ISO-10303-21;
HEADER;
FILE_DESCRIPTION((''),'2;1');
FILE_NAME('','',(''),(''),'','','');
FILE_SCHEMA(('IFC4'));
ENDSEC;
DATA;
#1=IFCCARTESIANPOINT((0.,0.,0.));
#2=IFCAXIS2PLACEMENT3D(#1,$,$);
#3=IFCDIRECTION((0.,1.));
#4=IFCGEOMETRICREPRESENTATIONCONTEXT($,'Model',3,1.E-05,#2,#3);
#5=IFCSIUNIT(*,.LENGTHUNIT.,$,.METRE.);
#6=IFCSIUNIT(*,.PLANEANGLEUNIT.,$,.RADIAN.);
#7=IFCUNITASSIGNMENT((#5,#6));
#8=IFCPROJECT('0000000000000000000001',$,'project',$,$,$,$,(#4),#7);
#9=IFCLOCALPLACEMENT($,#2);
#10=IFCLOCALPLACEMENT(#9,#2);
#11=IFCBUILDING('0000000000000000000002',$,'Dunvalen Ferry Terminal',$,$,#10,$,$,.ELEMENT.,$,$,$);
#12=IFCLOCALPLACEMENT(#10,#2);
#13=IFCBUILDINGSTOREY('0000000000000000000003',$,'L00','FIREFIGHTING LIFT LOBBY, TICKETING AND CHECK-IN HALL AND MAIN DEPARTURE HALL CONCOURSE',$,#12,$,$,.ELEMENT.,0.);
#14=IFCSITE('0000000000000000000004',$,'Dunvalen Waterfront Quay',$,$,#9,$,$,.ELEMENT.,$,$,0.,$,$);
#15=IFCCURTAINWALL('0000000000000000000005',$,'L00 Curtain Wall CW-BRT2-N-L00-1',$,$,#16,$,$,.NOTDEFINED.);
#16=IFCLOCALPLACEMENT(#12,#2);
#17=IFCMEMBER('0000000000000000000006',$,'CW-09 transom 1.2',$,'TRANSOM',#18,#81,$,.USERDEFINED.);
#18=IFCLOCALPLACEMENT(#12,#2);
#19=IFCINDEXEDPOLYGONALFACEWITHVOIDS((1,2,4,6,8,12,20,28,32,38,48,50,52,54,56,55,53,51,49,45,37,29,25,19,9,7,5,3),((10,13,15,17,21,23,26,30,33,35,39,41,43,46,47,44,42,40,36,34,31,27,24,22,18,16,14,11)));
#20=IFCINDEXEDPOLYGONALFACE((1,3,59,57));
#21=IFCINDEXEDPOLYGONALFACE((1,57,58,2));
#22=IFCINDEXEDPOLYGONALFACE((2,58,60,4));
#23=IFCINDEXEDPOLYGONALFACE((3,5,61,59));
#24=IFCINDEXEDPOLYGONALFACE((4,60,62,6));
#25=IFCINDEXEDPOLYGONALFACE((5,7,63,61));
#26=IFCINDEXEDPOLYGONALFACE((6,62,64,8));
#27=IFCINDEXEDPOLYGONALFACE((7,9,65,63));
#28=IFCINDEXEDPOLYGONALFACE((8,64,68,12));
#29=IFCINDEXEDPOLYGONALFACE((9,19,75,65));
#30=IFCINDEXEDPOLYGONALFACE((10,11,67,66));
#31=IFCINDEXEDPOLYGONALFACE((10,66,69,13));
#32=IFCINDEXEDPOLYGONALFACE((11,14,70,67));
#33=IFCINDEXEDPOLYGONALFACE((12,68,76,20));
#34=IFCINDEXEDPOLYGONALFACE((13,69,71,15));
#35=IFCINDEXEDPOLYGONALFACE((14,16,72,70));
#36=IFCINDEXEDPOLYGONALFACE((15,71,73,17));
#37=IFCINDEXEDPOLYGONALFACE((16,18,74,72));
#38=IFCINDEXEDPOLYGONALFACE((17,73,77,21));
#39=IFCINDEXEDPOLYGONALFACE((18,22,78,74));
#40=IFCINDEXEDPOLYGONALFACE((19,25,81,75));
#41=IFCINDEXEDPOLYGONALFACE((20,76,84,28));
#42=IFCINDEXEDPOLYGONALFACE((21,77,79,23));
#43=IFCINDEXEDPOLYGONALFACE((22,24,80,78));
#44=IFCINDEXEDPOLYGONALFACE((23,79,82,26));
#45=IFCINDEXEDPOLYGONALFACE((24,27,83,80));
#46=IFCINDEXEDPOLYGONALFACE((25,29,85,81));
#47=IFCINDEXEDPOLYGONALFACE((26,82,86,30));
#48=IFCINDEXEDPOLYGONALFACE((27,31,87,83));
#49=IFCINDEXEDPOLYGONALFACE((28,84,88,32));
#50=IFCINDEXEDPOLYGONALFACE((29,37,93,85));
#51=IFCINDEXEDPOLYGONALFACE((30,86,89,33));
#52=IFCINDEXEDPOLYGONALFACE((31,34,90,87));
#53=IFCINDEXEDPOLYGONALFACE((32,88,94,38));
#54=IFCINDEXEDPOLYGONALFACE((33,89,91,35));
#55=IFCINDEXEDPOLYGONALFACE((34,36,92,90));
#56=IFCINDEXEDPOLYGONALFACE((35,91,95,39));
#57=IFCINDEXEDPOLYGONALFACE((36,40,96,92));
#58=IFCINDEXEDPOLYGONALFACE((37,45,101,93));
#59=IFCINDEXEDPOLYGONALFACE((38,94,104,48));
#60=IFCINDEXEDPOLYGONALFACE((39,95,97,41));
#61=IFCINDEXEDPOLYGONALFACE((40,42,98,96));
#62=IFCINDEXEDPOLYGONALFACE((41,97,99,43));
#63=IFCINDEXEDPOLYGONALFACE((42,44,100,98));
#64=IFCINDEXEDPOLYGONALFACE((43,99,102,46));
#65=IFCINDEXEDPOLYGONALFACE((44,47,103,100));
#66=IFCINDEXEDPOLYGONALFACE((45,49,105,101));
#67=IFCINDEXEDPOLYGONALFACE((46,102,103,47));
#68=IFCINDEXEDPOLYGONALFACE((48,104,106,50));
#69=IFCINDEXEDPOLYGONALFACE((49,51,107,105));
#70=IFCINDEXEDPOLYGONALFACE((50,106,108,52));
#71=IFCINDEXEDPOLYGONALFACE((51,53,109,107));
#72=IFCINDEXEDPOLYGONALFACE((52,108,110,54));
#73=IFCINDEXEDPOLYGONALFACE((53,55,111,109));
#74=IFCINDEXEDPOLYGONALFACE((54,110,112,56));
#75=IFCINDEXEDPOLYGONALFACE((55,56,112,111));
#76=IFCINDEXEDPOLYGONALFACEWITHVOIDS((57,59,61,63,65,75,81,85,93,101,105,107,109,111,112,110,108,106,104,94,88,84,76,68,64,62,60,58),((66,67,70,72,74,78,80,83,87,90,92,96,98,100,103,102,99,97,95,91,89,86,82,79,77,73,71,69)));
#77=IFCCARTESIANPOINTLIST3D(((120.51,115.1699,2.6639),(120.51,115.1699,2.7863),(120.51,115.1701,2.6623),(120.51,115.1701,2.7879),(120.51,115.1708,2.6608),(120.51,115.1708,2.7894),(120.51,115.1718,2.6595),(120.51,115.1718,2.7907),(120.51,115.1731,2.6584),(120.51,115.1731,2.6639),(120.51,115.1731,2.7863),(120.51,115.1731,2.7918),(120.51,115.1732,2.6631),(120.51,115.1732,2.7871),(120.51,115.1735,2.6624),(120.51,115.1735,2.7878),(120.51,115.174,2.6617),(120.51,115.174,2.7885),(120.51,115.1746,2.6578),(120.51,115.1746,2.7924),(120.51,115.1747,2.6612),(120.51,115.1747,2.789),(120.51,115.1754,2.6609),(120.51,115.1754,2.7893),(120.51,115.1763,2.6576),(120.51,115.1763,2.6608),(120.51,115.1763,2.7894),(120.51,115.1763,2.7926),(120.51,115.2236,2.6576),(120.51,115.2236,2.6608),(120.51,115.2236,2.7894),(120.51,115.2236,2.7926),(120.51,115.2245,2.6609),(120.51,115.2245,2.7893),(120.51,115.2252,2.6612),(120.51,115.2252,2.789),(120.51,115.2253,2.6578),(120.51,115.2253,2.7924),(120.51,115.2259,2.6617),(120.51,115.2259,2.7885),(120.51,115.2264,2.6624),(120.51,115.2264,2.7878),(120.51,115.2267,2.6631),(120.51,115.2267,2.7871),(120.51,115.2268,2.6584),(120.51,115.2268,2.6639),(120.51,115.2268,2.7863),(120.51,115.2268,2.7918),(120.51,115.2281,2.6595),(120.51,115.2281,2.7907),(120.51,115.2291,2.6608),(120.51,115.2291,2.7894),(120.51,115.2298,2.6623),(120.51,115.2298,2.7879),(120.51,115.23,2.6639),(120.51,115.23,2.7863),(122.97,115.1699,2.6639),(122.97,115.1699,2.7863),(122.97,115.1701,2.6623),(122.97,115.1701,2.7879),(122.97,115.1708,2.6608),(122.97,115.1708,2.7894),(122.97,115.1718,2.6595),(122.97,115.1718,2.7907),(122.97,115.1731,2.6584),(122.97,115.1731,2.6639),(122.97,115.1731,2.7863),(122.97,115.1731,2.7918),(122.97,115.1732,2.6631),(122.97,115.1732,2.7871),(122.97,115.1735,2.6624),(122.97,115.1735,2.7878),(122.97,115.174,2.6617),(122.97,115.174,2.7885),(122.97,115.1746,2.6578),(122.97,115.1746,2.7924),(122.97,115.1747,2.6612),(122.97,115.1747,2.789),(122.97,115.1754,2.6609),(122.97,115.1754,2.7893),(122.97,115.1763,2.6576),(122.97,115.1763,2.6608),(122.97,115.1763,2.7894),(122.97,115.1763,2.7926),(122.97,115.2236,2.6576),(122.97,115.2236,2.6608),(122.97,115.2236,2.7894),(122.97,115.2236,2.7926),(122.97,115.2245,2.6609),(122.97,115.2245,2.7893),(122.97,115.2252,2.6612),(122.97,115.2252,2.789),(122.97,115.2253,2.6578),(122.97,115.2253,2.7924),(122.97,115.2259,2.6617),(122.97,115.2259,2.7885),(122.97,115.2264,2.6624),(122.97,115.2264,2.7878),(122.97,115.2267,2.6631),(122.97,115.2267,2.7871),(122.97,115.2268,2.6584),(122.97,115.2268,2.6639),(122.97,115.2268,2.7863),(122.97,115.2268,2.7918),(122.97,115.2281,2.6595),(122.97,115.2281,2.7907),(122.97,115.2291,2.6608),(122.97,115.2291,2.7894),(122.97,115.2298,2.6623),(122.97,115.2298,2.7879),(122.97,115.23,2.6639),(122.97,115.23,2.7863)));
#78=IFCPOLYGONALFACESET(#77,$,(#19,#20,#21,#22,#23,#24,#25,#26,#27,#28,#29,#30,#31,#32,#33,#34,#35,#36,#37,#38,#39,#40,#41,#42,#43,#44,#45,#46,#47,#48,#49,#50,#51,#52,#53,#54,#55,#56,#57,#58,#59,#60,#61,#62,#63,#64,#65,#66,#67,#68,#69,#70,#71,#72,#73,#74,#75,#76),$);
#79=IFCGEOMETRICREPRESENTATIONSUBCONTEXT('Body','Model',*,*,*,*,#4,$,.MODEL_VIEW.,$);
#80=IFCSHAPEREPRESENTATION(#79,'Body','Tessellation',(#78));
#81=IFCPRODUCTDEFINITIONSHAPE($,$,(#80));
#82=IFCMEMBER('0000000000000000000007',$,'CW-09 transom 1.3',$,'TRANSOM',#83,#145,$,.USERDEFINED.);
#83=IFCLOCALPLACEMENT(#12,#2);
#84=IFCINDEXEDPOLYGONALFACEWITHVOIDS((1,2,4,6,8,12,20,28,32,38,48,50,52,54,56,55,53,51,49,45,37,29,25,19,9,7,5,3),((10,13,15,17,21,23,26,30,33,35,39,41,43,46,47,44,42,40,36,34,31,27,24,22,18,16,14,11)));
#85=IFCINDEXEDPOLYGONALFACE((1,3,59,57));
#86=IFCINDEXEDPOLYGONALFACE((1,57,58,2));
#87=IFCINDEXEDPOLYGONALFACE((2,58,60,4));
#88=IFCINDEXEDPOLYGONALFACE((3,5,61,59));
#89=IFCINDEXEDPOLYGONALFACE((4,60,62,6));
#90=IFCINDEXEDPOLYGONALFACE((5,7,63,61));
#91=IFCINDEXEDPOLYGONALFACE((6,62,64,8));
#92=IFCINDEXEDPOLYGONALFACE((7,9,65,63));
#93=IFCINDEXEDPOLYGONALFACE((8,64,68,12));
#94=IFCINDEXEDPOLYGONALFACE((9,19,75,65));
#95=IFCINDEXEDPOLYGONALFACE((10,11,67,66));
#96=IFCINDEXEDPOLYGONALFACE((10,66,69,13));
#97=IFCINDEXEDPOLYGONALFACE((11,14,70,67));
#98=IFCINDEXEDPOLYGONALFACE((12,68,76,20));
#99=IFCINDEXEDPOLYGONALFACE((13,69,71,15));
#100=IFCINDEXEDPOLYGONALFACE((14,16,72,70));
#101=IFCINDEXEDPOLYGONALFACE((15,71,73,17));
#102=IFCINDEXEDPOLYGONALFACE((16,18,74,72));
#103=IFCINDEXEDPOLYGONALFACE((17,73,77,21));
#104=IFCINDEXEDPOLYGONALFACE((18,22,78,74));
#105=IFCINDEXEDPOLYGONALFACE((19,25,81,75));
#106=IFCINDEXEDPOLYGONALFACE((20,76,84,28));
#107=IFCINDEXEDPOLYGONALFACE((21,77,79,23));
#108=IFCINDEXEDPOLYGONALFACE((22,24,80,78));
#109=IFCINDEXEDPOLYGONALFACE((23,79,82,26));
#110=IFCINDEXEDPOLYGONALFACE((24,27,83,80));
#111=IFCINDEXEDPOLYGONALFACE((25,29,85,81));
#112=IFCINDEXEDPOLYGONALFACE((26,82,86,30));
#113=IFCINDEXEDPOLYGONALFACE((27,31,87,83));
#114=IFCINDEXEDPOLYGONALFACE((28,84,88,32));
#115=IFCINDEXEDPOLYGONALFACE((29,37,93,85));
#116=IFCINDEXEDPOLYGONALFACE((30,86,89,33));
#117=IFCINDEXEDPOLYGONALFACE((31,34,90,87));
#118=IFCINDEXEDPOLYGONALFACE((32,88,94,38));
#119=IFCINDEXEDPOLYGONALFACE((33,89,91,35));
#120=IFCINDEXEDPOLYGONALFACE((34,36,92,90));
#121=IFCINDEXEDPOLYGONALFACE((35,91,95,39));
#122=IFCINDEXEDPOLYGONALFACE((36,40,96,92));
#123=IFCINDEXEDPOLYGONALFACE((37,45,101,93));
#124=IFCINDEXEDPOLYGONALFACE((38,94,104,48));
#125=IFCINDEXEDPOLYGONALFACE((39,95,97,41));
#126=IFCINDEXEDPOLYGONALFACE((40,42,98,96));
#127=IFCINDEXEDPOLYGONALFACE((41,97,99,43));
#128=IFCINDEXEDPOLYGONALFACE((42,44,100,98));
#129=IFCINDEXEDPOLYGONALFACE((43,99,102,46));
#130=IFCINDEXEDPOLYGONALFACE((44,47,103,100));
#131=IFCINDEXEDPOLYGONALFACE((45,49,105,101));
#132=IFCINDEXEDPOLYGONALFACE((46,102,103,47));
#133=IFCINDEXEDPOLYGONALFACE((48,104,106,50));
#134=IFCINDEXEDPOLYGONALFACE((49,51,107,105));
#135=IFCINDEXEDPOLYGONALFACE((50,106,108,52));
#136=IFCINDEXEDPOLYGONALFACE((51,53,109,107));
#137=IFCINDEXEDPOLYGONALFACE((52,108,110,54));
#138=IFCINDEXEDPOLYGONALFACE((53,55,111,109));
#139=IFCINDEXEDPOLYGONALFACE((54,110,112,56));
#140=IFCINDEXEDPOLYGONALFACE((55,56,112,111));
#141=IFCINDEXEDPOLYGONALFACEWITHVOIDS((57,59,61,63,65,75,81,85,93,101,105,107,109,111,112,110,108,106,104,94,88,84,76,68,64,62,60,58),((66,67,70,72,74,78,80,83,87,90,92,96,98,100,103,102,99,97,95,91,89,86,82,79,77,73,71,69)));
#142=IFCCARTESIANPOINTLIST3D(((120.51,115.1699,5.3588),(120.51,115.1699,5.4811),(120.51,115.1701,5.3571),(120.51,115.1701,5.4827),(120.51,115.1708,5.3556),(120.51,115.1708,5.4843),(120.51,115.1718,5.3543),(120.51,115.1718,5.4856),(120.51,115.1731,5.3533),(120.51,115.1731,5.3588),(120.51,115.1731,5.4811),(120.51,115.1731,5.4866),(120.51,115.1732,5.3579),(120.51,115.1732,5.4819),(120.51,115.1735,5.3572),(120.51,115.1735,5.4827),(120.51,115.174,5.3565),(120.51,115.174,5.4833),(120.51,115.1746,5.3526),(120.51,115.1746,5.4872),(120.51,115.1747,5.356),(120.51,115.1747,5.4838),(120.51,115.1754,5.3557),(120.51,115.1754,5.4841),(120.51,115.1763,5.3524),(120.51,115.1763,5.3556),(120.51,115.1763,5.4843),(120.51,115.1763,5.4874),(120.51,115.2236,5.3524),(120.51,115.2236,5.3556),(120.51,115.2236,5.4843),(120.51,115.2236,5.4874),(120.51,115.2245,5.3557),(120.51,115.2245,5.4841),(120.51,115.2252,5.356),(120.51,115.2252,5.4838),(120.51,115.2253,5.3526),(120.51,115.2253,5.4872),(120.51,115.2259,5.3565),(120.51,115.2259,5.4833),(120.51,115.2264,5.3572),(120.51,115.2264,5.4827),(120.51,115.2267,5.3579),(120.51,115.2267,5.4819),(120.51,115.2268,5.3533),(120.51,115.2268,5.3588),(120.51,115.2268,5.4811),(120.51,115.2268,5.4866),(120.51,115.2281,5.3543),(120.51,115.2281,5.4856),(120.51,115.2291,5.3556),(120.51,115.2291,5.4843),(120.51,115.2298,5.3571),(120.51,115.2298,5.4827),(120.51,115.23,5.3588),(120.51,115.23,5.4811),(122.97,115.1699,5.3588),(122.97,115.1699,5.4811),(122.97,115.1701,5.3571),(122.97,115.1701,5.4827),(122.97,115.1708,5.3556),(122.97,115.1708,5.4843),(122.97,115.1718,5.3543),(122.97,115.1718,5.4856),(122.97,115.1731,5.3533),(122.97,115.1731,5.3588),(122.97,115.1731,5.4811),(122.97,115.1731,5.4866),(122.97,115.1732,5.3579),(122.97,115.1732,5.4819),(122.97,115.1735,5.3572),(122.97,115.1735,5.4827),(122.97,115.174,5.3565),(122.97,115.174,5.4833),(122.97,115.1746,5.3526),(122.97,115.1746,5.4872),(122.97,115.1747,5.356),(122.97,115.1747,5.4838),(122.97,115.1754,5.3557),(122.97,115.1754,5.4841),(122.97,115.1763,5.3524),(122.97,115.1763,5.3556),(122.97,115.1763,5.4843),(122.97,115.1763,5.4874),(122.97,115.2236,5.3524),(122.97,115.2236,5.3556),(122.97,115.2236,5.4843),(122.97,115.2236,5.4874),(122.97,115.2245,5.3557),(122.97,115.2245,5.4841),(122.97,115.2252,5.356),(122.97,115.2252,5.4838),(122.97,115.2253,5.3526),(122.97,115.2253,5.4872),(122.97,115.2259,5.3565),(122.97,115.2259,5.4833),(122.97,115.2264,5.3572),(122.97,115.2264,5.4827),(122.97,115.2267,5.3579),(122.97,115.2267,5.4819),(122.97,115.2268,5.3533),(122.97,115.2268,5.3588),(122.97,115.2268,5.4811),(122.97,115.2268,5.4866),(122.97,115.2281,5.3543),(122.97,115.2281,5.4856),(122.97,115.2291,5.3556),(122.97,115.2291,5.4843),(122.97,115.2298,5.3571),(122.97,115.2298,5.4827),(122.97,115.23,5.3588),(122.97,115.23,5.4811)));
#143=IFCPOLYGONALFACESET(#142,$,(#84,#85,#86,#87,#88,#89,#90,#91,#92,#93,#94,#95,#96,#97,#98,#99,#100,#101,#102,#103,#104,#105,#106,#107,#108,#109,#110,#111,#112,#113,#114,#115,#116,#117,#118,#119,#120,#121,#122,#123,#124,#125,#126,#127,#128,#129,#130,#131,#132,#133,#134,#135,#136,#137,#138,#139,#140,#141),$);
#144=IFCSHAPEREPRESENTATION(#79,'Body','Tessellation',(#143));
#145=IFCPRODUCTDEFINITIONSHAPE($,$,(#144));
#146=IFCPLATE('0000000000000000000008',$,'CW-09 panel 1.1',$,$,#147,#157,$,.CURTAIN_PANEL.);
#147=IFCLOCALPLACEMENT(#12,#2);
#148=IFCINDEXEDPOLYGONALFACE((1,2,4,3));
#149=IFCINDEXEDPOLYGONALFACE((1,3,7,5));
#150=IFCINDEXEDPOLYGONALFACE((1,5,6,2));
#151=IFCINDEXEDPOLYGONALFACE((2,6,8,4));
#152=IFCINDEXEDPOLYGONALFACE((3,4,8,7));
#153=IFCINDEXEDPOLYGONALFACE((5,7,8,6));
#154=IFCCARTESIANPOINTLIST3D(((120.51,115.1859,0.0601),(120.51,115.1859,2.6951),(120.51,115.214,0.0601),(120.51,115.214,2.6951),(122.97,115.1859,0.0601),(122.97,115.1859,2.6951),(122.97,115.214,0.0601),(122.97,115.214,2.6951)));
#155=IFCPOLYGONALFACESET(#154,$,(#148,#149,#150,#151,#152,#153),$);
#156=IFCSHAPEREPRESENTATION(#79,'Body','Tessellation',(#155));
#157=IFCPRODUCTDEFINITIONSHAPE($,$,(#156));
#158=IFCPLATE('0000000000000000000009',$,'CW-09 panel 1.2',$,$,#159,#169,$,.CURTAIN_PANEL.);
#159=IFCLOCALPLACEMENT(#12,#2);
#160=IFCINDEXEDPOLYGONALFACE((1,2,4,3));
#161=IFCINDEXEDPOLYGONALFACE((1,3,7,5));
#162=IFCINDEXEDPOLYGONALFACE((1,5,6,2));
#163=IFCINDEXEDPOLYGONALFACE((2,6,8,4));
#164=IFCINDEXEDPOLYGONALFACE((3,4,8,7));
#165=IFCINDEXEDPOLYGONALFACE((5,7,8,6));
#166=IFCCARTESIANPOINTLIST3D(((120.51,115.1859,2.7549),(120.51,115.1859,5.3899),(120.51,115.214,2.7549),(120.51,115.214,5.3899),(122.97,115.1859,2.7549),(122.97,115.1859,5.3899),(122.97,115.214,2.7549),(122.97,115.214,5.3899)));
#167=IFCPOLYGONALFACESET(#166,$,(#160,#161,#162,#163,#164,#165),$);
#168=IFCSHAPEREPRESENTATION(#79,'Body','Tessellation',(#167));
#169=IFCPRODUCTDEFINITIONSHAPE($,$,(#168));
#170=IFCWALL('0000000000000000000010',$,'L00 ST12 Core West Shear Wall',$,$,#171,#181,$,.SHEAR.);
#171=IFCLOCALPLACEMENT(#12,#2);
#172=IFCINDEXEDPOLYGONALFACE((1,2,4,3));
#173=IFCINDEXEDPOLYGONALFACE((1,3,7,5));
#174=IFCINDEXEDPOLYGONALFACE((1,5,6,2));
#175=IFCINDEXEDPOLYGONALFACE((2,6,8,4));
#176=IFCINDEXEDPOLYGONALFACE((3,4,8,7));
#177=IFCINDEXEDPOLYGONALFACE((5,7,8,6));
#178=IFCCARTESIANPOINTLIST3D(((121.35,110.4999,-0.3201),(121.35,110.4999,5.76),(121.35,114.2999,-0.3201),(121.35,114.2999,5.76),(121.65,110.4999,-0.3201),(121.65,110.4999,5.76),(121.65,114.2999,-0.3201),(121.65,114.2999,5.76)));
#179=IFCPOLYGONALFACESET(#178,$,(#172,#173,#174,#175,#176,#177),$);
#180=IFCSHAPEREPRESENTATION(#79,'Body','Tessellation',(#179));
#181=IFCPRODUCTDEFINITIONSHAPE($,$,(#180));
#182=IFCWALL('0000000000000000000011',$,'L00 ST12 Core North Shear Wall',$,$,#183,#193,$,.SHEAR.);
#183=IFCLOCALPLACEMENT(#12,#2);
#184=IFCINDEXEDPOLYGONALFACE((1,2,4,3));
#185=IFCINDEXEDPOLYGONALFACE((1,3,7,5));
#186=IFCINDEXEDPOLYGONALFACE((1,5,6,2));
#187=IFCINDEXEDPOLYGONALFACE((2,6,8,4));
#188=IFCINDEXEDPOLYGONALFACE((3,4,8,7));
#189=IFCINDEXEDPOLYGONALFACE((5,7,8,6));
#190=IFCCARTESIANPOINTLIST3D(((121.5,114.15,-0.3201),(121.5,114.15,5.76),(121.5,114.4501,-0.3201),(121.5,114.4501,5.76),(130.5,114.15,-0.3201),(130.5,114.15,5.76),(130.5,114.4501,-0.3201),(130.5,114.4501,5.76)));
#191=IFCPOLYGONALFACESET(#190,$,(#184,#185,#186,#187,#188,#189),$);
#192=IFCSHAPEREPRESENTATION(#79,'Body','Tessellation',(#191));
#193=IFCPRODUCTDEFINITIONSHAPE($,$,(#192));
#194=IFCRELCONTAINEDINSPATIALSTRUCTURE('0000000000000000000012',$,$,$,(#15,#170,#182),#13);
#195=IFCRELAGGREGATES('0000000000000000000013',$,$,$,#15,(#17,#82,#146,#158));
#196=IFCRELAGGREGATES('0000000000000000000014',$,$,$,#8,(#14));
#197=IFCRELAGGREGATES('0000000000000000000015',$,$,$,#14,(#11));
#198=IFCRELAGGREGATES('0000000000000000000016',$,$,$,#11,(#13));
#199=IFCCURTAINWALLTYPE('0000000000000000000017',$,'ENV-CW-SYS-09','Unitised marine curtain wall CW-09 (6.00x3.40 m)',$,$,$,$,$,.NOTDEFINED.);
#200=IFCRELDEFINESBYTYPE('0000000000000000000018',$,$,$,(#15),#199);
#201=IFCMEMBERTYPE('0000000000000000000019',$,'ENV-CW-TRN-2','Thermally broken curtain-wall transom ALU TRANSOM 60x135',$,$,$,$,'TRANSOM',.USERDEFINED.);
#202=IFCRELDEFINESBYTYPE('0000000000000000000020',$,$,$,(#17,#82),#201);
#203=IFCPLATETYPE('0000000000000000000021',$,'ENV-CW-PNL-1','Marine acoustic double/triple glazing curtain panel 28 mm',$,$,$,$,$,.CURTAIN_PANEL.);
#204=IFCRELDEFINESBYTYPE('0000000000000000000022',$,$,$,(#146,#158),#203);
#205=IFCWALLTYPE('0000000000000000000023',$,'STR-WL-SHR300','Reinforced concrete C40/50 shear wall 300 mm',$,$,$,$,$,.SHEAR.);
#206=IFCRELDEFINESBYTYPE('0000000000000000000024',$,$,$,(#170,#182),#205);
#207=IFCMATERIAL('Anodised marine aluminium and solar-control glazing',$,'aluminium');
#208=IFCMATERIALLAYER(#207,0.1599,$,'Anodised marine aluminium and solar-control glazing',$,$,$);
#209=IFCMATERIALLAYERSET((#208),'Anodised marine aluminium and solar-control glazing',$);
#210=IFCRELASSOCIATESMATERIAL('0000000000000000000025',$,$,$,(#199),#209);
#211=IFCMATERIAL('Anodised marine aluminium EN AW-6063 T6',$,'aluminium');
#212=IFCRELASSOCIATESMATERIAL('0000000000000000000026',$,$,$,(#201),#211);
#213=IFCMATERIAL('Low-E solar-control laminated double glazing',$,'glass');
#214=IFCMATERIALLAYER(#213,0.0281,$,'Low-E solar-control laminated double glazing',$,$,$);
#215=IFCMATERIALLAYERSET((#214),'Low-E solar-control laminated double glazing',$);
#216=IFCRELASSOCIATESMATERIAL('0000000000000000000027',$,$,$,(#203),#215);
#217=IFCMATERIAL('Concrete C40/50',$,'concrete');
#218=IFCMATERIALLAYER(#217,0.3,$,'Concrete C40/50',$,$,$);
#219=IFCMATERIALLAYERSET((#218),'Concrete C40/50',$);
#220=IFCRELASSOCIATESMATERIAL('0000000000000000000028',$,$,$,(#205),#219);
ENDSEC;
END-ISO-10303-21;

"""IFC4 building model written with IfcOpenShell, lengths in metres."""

from ifc_helpers import new_model, si_unit, direction, frame, frame_2d, origin, origin_2d, place, context, subcontext, project, spatial, rectangle, hollow_rectangle, extrude, material, layer, layer_set, material_profile, profile_set, type_object, element, aggregate, save


model = new_model("IFC4")

# Units and contexts
model_context = context("Model", 3, precision=1e-05, world=origin(), true_north=direction((0.0, 1.0)))
body_context = subcontext(model_context, "Body", "Model", "MODEL_VIEW")
ifc_project = project(units=[si_unit("LENGTHUNIT", "METRE"), si_unit("PLANEANGLEUNIT", "RADIAN")], contexts=[model_context])

# Site, building, storey
site_placement = place(None, origin())
site = spatial("IfcSite", under=ifc_project, at=site_placement, Name="Dunvalen Waterfront Quay", CompositionType="ELEMENT", RefElevation=0.0)
building_placement = place(site_placement, origin())
building = spatial("IfcBuilding", under=site, at=building_placement, Name="Dunvalen Ferry Terminal", CompositionType="ELEMENT")
storey_placement = place(building_placement, origin())
storey = spatial("IfcBuildingStorey", under=building, at=storey_placement, Name="L00", Description="FIREFIGHTING LIFT LOBBY, TICKETING AND CHECK-IN HALL AND MAIN DEPARTURE HALL CONCOURSE", CompositionType="ELEMENT", Elevation=0.0)

# Shared definitions
ifc_material_1 = material(Name="Concrete C40/50", Category="concrete")

# Curtain wall, members, plates
ifc_material_2 = material(Name="Anodised marine aluminium and solar-control glazing", Category="aluminium")
ifc_layer_1 = layer(ifc_material_2, 0.1599, Name="Anodised marine aluminium and solar-control glazing")
ifc_layer_set_1 = layer_set([ifc_layer_1], Name="Anodised marine aluminium and solar-control glazing")
curtain_wall_type = type_object("IfcCurtainWallType", Name="ENV-CW-SYS-09", Description="Unitised marine curtain wall CW-09 (6.00x3.40 m)", PredefinedType="NOTDEFINED", material=ifc_layer_set_1)
curtain_wall_placement = place(storey_placement, origin())
curtain_wall = element("IfcCurtainWall", 1, at=curtain_wall_placement, inside=storey, type_object=curtain_wall_type, Name="L00 Curtain Wall CW-BRT2-N-L00-1", PredefinedType="NOTDEFINED")
ifc_material_3 = material(Name="Anodised marine aluminium EN AW-6063 T6", Category="aluminium")
ifc_material_profile_1 = material_profile(ifc_material_3, hollow_rectangle(XDim=0.0601, YDim=0.135, WallThickness=0.0032, InnerFilletRadius=0.0032, OuterFilletRadius=0.0063, at=origin_2d()), Name="Anodised marine aluminium EN AW-6063 T6")
ifc_profile_set_1 = profile_set([ifc_material_profile_1], Name="Anodised marine aluminium EN AW-6063 T6")
member_type_1 = type_object("IfcMemberType", Name="ENV-CW-TRN-2", Description="Thermally broken curtain-wall transom ALU TRANSOM 60x135", ElementType="TRANSOM", PredefinedType="USERDEFINED", material=ifc_profile_set_1)
member_1_placement = place(storey_placement, frame((120.51, 115.2, 2.7251), z_axis=(1.0, 0.0, 0.0), x_axis=(0.0, 1.0, 0.0)))
member_1 = element("IfcMember", 2, at=member_1_placement, type_object=member_type_1, Name="CW-09 transom 1.2", ObjectType="TRANSOM", PredefinedType="USERDEFINED", context=body_context, shape_type="SweptSolid", body=[
    extrude(hollow_rectangle(XDim=0.0601, YDim=0.135, WallThickness=0.0032, InnerFilletRadius=0.0032, OuterFilletRadius=0.0063, at=origin_2d()), origin(), (0.0, 0.0, 1.0), 2.46),
])
member_2_placement = place(storey_placement, frame((120.51, 115.2, 5.4199), z_axis=(1.0, 0.0, 0.0), x_axis=(0.0, 1.0, 0.0)))
member_2 = element("IfcMember", 3, at=member_2_placement, type_object=member_type_1, Name="CW-09 transom 1.3", ObjectType="TRANSOM", PredefinedType="USERDEFINED", context=body_context, shape_type="SweptSolid", body=[
    extrude(hollow_rectangle(XDim=0.0601, YDim=0.135, WallThickness=0.0032, InnerFilletRadius=0.0032, OuterFilletRadius=0.0063, at=origin_2d()), origin(), (0.0, 0.0, 1.0), 2.46),
])
ifc_material_4 = material(Name="Low-E solar-control laminated double glazing", Category="glass")
ifc_layer_2 = layer(ifc_material_4, 0.0281, Name="Low-E solar-control laminated double glazing")
ifc_layer_set_2 = layer_set([ifc_layer_2], Name="Low-E solar-control laminated double glazing")
plate_type = type_object("IfcPlateType", Name="ENV-CW-PNL-1", Description="Marine acoustic double/triple glazing curtain panel 28 mm", PredefinedType="CURTAIN_PANEL", material=ifc_layer_set_2)
plate_1_placement = place(storey_placement, frame((121.74, 115.2, 0.0601), z_axis=(0.0, 0.0, 1.0), x_axis=(1.0, 0.0, 0.0)))
plate_1 = element("IfcPlate", 4, at=plate_1_placement, type_object=plate_type, Name="CW-09 panel 1.1", PredefinedType="CURTAIN_PANEL", context=body_context, shape_type="SweptSolid", body=[
    extrude(rectangle(XDim=2.46, YDim=0.0281, at=origin_2d()), origin(), (0.0, 0.0, 1.0), 2.635),
])
plate_2_placement = place(storey_placement, frame((121.74, 115.2, 2.7549), z_axis=(0.0, 0.0, 1.0), x_axis=(1.0, 0.0, 0.0)))
plate_2 = element("IfcPlate", 5, at=plate_2_placement, type_object=plate_type, Name="CW-09 panel 1.2", PredefinedType="CURTAIN_PANEL", context=body_context, shape_type="SweptSolid", body=[
    extrude(rectangle(XDim=2.46, YDim=0.0281, at=origin_2d()), origin(), (0.0, 0.0, 1.0), 2.635),
])
aggregate(curtain_wall, [member_1, member_2, plate_1, plate_2])

# Walls
ifc_layer_3 = layer(ifc_material_1, 0.3, Name="Concrete C40/50")
ifc_layer_set_3 = layer_set([ifc_layer_3], Name="Concrete C40/50")
wall_type = type_object("IfcWallType", Name="STR-WL-SHR300", Description="Reinforced concrete C40/50 shear wall 300 mm", PredefinedType="SHEAR", material=ifc_layer_set_3)
wall_1_placement = place(storey_placement, frame((121.5, 110.5, -0.3201), z_axis=(0.0, 0.0, 1.0), x_axis=(0.0, 1.0, 0.0)))
element("IfcWall", 6, at=wall_1_placement, inside=storey, type_object=wall_type, Name="L00 ST12 Core West Shear Wall", PredefinedType="SHEAR", context=body_context, shape_type="SweptSolid", body=[
    extrude(rectangle(XDim=3.8, YDim=0.3, at=frame_2d((1.8999, 0.0))), origin(), (0.0, 0.0, 1.0), 6.0801),
])
wall_2_placement = place(storey_placement, frame((121.5, 114.3, -0.3201), z_axis=(0.0, 0.0, 1.0), x_axis=(1.0, 0.0, 0.0)))
element("IfcWall", 7, at=wall_2_placement, inside=storey, type_object=wall_type, Name="L00 ST12 Core North Shear Wall", PredefinedType="SHEAR", context=body_context, shape_type="SweptSolid", body=[
    extrude(rectangle(XDim=9.0, YDim=0.3, at=frame_2d((4.5, 0.0))), origin(), (0.0, 0.0, 1.0), 6.0801),
])

save(model, "model.ifc")
